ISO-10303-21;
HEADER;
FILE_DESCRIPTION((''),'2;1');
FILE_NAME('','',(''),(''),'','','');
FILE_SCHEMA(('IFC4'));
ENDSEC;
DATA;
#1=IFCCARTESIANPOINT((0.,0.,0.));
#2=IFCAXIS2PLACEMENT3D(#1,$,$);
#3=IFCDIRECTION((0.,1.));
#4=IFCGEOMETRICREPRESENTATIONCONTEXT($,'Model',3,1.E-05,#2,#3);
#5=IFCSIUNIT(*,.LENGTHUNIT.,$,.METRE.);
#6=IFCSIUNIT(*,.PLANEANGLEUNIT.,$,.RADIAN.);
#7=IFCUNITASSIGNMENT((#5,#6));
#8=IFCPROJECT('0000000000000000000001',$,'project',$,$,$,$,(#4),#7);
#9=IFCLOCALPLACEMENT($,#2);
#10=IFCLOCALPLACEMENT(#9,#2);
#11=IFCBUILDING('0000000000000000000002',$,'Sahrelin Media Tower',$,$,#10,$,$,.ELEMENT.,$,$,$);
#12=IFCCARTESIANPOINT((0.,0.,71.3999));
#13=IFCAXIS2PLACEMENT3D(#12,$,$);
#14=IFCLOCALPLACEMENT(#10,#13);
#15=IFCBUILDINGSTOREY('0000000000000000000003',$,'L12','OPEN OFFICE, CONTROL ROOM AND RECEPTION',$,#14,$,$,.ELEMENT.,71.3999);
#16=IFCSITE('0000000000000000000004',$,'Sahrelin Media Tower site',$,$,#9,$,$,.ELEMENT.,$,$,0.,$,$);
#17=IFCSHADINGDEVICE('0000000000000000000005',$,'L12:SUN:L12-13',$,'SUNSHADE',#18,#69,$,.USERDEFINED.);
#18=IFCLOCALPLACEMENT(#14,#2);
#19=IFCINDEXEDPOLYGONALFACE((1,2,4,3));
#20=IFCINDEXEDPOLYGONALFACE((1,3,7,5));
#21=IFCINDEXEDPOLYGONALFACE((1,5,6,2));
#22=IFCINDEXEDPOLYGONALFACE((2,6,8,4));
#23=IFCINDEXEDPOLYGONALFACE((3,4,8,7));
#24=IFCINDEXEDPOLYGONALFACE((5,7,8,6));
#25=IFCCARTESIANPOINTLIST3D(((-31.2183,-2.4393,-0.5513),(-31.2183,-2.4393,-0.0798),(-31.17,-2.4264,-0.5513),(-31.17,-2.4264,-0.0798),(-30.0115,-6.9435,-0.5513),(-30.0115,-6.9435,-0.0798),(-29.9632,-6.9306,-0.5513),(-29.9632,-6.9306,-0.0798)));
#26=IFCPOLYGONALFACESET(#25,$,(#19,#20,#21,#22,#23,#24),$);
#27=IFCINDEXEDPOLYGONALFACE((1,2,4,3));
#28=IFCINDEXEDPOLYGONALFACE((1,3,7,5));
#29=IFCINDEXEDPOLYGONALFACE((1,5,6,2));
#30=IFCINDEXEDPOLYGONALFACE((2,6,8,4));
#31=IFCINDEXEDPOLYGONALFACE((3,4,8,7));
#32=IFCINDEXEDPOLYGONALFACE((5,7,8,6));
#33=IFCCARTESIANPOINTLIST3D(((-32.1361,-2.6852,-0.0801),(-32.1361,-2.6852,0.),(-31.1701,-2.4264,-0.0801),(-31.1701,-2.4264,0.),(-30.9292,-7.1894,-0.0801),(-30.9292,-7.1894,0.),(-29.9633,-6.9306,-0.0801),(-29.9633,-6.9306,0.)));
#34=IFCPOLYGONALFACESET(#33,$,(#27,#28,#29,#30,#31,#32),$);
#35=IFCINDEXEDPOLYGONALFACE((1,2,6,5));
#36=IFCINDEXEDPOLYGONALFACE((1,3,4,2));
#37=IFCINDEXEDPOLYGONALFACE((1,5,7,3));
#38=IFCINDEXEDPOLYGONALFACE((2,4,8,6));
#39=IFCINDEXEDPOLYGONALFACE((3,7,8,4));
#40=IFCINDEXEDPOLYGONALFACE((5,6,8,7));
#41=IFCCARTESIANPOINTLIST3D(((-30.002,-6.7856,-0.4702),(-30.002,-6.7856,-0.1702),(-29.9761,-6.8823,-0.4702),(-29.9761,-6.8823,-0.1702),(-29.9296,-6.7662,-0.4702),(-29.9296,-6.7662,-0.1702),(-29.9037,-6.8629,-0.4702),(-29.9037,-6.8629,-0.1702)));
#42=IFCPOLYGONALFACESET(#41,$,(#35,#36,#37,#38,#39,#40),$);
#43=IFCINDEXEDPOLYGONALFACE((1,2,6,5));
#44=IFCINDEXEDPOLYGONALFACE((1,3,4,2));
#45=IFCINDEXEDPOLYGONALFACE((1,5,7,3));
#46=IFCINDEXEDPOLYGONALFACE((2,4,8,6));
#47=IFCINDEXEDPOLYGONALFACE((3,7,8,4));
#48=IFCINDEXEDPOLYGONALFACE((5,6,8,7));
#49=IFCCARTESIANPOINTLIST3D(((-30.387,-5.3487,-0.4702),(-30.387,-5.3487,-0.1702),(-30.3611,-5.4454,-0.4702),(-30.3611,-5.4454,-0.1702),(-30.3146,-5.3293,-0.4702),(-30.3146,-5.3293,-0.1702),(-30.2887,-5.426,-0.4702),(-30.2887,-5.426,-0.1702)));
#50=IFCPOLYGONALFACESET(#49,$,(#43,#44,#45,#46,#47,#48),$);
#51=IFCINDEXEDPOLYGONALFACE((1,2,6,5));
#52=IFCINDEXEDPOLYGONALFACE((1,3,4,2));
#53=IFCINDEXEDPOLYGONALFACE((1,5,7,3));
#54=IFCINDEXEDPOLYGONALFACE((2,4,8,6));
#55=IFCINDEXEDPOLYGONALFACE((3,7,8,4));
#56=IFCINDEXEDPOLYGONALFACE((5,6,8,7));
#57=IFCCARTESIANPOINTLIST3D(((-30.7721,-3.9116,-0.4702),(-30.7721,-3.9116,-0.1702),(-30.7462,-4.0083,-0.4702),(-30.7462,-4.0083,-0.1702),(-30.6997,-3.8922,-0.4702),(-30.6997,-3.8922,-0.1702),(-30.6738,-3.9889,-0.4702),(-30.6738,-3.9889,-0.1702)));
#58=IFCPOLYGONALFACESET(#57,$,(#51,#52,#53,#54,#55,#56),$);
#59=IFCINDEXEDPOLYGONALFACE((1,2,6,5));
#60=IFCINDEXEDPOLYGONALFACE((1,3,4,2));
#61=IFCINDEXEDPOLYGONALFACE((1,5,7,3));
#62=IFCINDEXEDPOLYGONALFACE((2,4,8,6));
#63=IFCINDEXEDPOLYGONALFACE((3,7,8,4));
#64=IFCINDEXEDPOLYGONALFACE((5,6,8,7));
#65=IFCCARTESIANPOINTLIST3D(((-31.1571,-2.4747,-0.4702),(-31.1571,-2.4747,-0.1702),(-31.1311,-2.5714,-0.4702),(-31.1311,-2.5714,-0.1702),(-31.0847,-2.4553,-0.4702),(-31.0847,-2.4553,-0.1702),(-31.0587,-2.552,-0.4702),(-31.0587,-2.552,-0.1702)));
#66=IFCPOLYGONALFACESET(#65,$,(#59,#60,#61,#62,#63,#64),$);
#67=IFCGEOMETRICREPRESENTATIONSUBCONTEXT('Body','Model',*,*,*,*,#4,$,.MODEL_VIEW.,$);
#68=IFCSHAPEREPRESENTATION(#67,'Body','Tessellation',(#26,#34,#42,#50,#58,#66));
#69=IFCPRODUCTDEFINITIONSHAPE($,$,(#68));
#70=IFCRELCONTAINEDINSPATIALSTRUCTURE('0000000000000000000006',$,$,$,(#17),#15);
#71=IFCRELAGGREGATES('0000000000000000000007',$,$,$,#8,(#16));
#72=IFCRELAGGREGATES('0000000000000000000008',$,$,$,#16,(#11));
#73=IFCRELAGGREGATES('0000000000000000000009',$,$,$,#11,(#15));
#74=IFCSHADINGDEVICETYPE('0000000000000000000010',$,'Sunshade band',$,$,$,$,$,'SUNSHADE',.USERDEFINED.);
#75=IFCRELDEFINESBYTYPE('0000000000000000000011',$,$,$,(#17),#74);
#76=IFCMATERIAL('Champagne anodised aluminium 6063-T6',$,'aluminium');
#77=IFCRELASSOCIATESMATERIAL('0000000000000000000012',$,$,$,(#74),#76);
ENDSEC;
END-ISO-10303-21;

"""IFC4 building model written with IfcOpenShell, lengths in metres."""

from ifc_helpers import new_model, si_unit, direction, frame, origin, origin_2d, place, context, subcontext, project, spatial, rectangle, extrude, material, type_object, element, save


model = new_model("IFC4")

# Units and contexts
model_context = context("Model", 3, precision=1e-05, world=origin(), true_north=direction((0.0, 1.0)))
body_context = subcontext(model_context, "Body", "Model", "MODEL_VIEW")
ifc_project = project(units=[si_unit("LENGTHUNIT", "METRE"), si_unit("PLANEANGLEUNIT", "RADIAN")], contexts=[model_context])

# Site, building, storey
site_placement = place(None, origin())
site = spatial("IfcSite", under=ifc_project, at=site_placement, Name="Sahrelin Media Tower site", CompositionType="ELEMENT", RefElevation=0.0)
building_placement = place(site_placement, origin())
building = spatial("IfcBuilding", under=site, at=building_placement, Name="Sahrelin Media Tower", CompositionType="ELEMENT")
storey_placement = place(building_placement, frame((0.0, 0.0, 71.3999)))
storey = spatial("IfcBuildingStorey", under=building, at=storey_placement, Name="L12", Description="OPEN OFFICE, CONTROL ROOM AND RECEPTION", CompositionType="ELEMENT", Elevation=71.3999)

# Shared definitions
ifc_material_1 = material(Name="Champagne anodised aluminium 6063-T6", Category="aluminium")

# Shading device
placement_1 = place(storey_placement, frame((-30.5474, -4.6733, 0.0), z_axis=(0.0, 0.0, 1.0), x_axis=(-0.258808, 0.965929, 0.0)))
shading_device_type_1 = type_object("IfcShadingDeviceType", Name="Sunshade band", ElementType="SUNSHADE", PredefinedType="USERDEFINED", material=ifc_material_1)
element("IfcShadingDevice", 1, at=placement_1, inside=storey, type_object=shading_device_type_1, Name="L12:SUN:L12-13", ObjectType="SUNSHADE", PredefinedType="USERDEFINED", context=body_context, shape_type="SweptSolid", body=[
    extrude(rectangle(XDim=4.6631, YDim=0.05, at=origin_2d()), frame((0.0, 0.0449, -0.5513)), (0.0, 0.0, 1.0), 0.4714),
    extrude(rectangle(XDim=4.6631, YDim=1.0, at=origin_2d()), frame((0.0, 0.52, -0.0801)), (0.0, 0.0, 1.0), 0.0801),
    extrude(rectangle(XDim=0.1001, YDim=0.075, at=origin_2d()), frame((-2.2314, -0.0176, -0.4702)), (0.0, 0.0, 1.0), 0.3),
    extrude(rectangle(XDim=0.1001, YDim=0.075, at=origin_2d()), frame((-0.7439, -0.0176, -0.4702)), (0.0, 0.0, 1.0), 0.3),
    extrude(rectangle(XDim=0.1001, YDim=0.075, at=origin_2d()), frame((0.7439, -0.0176, -0.4702)), (0.0, 0.0, 1.0), 0.3),
    extrude(rectangle(XDim=0.1001, YDim=0.075, at=origin_2d()), frame((2.2314, -0.0176, -0.4702)), (0.0, 0.0, 1.0), 0.3),
])

save(model, "model.ifc")
